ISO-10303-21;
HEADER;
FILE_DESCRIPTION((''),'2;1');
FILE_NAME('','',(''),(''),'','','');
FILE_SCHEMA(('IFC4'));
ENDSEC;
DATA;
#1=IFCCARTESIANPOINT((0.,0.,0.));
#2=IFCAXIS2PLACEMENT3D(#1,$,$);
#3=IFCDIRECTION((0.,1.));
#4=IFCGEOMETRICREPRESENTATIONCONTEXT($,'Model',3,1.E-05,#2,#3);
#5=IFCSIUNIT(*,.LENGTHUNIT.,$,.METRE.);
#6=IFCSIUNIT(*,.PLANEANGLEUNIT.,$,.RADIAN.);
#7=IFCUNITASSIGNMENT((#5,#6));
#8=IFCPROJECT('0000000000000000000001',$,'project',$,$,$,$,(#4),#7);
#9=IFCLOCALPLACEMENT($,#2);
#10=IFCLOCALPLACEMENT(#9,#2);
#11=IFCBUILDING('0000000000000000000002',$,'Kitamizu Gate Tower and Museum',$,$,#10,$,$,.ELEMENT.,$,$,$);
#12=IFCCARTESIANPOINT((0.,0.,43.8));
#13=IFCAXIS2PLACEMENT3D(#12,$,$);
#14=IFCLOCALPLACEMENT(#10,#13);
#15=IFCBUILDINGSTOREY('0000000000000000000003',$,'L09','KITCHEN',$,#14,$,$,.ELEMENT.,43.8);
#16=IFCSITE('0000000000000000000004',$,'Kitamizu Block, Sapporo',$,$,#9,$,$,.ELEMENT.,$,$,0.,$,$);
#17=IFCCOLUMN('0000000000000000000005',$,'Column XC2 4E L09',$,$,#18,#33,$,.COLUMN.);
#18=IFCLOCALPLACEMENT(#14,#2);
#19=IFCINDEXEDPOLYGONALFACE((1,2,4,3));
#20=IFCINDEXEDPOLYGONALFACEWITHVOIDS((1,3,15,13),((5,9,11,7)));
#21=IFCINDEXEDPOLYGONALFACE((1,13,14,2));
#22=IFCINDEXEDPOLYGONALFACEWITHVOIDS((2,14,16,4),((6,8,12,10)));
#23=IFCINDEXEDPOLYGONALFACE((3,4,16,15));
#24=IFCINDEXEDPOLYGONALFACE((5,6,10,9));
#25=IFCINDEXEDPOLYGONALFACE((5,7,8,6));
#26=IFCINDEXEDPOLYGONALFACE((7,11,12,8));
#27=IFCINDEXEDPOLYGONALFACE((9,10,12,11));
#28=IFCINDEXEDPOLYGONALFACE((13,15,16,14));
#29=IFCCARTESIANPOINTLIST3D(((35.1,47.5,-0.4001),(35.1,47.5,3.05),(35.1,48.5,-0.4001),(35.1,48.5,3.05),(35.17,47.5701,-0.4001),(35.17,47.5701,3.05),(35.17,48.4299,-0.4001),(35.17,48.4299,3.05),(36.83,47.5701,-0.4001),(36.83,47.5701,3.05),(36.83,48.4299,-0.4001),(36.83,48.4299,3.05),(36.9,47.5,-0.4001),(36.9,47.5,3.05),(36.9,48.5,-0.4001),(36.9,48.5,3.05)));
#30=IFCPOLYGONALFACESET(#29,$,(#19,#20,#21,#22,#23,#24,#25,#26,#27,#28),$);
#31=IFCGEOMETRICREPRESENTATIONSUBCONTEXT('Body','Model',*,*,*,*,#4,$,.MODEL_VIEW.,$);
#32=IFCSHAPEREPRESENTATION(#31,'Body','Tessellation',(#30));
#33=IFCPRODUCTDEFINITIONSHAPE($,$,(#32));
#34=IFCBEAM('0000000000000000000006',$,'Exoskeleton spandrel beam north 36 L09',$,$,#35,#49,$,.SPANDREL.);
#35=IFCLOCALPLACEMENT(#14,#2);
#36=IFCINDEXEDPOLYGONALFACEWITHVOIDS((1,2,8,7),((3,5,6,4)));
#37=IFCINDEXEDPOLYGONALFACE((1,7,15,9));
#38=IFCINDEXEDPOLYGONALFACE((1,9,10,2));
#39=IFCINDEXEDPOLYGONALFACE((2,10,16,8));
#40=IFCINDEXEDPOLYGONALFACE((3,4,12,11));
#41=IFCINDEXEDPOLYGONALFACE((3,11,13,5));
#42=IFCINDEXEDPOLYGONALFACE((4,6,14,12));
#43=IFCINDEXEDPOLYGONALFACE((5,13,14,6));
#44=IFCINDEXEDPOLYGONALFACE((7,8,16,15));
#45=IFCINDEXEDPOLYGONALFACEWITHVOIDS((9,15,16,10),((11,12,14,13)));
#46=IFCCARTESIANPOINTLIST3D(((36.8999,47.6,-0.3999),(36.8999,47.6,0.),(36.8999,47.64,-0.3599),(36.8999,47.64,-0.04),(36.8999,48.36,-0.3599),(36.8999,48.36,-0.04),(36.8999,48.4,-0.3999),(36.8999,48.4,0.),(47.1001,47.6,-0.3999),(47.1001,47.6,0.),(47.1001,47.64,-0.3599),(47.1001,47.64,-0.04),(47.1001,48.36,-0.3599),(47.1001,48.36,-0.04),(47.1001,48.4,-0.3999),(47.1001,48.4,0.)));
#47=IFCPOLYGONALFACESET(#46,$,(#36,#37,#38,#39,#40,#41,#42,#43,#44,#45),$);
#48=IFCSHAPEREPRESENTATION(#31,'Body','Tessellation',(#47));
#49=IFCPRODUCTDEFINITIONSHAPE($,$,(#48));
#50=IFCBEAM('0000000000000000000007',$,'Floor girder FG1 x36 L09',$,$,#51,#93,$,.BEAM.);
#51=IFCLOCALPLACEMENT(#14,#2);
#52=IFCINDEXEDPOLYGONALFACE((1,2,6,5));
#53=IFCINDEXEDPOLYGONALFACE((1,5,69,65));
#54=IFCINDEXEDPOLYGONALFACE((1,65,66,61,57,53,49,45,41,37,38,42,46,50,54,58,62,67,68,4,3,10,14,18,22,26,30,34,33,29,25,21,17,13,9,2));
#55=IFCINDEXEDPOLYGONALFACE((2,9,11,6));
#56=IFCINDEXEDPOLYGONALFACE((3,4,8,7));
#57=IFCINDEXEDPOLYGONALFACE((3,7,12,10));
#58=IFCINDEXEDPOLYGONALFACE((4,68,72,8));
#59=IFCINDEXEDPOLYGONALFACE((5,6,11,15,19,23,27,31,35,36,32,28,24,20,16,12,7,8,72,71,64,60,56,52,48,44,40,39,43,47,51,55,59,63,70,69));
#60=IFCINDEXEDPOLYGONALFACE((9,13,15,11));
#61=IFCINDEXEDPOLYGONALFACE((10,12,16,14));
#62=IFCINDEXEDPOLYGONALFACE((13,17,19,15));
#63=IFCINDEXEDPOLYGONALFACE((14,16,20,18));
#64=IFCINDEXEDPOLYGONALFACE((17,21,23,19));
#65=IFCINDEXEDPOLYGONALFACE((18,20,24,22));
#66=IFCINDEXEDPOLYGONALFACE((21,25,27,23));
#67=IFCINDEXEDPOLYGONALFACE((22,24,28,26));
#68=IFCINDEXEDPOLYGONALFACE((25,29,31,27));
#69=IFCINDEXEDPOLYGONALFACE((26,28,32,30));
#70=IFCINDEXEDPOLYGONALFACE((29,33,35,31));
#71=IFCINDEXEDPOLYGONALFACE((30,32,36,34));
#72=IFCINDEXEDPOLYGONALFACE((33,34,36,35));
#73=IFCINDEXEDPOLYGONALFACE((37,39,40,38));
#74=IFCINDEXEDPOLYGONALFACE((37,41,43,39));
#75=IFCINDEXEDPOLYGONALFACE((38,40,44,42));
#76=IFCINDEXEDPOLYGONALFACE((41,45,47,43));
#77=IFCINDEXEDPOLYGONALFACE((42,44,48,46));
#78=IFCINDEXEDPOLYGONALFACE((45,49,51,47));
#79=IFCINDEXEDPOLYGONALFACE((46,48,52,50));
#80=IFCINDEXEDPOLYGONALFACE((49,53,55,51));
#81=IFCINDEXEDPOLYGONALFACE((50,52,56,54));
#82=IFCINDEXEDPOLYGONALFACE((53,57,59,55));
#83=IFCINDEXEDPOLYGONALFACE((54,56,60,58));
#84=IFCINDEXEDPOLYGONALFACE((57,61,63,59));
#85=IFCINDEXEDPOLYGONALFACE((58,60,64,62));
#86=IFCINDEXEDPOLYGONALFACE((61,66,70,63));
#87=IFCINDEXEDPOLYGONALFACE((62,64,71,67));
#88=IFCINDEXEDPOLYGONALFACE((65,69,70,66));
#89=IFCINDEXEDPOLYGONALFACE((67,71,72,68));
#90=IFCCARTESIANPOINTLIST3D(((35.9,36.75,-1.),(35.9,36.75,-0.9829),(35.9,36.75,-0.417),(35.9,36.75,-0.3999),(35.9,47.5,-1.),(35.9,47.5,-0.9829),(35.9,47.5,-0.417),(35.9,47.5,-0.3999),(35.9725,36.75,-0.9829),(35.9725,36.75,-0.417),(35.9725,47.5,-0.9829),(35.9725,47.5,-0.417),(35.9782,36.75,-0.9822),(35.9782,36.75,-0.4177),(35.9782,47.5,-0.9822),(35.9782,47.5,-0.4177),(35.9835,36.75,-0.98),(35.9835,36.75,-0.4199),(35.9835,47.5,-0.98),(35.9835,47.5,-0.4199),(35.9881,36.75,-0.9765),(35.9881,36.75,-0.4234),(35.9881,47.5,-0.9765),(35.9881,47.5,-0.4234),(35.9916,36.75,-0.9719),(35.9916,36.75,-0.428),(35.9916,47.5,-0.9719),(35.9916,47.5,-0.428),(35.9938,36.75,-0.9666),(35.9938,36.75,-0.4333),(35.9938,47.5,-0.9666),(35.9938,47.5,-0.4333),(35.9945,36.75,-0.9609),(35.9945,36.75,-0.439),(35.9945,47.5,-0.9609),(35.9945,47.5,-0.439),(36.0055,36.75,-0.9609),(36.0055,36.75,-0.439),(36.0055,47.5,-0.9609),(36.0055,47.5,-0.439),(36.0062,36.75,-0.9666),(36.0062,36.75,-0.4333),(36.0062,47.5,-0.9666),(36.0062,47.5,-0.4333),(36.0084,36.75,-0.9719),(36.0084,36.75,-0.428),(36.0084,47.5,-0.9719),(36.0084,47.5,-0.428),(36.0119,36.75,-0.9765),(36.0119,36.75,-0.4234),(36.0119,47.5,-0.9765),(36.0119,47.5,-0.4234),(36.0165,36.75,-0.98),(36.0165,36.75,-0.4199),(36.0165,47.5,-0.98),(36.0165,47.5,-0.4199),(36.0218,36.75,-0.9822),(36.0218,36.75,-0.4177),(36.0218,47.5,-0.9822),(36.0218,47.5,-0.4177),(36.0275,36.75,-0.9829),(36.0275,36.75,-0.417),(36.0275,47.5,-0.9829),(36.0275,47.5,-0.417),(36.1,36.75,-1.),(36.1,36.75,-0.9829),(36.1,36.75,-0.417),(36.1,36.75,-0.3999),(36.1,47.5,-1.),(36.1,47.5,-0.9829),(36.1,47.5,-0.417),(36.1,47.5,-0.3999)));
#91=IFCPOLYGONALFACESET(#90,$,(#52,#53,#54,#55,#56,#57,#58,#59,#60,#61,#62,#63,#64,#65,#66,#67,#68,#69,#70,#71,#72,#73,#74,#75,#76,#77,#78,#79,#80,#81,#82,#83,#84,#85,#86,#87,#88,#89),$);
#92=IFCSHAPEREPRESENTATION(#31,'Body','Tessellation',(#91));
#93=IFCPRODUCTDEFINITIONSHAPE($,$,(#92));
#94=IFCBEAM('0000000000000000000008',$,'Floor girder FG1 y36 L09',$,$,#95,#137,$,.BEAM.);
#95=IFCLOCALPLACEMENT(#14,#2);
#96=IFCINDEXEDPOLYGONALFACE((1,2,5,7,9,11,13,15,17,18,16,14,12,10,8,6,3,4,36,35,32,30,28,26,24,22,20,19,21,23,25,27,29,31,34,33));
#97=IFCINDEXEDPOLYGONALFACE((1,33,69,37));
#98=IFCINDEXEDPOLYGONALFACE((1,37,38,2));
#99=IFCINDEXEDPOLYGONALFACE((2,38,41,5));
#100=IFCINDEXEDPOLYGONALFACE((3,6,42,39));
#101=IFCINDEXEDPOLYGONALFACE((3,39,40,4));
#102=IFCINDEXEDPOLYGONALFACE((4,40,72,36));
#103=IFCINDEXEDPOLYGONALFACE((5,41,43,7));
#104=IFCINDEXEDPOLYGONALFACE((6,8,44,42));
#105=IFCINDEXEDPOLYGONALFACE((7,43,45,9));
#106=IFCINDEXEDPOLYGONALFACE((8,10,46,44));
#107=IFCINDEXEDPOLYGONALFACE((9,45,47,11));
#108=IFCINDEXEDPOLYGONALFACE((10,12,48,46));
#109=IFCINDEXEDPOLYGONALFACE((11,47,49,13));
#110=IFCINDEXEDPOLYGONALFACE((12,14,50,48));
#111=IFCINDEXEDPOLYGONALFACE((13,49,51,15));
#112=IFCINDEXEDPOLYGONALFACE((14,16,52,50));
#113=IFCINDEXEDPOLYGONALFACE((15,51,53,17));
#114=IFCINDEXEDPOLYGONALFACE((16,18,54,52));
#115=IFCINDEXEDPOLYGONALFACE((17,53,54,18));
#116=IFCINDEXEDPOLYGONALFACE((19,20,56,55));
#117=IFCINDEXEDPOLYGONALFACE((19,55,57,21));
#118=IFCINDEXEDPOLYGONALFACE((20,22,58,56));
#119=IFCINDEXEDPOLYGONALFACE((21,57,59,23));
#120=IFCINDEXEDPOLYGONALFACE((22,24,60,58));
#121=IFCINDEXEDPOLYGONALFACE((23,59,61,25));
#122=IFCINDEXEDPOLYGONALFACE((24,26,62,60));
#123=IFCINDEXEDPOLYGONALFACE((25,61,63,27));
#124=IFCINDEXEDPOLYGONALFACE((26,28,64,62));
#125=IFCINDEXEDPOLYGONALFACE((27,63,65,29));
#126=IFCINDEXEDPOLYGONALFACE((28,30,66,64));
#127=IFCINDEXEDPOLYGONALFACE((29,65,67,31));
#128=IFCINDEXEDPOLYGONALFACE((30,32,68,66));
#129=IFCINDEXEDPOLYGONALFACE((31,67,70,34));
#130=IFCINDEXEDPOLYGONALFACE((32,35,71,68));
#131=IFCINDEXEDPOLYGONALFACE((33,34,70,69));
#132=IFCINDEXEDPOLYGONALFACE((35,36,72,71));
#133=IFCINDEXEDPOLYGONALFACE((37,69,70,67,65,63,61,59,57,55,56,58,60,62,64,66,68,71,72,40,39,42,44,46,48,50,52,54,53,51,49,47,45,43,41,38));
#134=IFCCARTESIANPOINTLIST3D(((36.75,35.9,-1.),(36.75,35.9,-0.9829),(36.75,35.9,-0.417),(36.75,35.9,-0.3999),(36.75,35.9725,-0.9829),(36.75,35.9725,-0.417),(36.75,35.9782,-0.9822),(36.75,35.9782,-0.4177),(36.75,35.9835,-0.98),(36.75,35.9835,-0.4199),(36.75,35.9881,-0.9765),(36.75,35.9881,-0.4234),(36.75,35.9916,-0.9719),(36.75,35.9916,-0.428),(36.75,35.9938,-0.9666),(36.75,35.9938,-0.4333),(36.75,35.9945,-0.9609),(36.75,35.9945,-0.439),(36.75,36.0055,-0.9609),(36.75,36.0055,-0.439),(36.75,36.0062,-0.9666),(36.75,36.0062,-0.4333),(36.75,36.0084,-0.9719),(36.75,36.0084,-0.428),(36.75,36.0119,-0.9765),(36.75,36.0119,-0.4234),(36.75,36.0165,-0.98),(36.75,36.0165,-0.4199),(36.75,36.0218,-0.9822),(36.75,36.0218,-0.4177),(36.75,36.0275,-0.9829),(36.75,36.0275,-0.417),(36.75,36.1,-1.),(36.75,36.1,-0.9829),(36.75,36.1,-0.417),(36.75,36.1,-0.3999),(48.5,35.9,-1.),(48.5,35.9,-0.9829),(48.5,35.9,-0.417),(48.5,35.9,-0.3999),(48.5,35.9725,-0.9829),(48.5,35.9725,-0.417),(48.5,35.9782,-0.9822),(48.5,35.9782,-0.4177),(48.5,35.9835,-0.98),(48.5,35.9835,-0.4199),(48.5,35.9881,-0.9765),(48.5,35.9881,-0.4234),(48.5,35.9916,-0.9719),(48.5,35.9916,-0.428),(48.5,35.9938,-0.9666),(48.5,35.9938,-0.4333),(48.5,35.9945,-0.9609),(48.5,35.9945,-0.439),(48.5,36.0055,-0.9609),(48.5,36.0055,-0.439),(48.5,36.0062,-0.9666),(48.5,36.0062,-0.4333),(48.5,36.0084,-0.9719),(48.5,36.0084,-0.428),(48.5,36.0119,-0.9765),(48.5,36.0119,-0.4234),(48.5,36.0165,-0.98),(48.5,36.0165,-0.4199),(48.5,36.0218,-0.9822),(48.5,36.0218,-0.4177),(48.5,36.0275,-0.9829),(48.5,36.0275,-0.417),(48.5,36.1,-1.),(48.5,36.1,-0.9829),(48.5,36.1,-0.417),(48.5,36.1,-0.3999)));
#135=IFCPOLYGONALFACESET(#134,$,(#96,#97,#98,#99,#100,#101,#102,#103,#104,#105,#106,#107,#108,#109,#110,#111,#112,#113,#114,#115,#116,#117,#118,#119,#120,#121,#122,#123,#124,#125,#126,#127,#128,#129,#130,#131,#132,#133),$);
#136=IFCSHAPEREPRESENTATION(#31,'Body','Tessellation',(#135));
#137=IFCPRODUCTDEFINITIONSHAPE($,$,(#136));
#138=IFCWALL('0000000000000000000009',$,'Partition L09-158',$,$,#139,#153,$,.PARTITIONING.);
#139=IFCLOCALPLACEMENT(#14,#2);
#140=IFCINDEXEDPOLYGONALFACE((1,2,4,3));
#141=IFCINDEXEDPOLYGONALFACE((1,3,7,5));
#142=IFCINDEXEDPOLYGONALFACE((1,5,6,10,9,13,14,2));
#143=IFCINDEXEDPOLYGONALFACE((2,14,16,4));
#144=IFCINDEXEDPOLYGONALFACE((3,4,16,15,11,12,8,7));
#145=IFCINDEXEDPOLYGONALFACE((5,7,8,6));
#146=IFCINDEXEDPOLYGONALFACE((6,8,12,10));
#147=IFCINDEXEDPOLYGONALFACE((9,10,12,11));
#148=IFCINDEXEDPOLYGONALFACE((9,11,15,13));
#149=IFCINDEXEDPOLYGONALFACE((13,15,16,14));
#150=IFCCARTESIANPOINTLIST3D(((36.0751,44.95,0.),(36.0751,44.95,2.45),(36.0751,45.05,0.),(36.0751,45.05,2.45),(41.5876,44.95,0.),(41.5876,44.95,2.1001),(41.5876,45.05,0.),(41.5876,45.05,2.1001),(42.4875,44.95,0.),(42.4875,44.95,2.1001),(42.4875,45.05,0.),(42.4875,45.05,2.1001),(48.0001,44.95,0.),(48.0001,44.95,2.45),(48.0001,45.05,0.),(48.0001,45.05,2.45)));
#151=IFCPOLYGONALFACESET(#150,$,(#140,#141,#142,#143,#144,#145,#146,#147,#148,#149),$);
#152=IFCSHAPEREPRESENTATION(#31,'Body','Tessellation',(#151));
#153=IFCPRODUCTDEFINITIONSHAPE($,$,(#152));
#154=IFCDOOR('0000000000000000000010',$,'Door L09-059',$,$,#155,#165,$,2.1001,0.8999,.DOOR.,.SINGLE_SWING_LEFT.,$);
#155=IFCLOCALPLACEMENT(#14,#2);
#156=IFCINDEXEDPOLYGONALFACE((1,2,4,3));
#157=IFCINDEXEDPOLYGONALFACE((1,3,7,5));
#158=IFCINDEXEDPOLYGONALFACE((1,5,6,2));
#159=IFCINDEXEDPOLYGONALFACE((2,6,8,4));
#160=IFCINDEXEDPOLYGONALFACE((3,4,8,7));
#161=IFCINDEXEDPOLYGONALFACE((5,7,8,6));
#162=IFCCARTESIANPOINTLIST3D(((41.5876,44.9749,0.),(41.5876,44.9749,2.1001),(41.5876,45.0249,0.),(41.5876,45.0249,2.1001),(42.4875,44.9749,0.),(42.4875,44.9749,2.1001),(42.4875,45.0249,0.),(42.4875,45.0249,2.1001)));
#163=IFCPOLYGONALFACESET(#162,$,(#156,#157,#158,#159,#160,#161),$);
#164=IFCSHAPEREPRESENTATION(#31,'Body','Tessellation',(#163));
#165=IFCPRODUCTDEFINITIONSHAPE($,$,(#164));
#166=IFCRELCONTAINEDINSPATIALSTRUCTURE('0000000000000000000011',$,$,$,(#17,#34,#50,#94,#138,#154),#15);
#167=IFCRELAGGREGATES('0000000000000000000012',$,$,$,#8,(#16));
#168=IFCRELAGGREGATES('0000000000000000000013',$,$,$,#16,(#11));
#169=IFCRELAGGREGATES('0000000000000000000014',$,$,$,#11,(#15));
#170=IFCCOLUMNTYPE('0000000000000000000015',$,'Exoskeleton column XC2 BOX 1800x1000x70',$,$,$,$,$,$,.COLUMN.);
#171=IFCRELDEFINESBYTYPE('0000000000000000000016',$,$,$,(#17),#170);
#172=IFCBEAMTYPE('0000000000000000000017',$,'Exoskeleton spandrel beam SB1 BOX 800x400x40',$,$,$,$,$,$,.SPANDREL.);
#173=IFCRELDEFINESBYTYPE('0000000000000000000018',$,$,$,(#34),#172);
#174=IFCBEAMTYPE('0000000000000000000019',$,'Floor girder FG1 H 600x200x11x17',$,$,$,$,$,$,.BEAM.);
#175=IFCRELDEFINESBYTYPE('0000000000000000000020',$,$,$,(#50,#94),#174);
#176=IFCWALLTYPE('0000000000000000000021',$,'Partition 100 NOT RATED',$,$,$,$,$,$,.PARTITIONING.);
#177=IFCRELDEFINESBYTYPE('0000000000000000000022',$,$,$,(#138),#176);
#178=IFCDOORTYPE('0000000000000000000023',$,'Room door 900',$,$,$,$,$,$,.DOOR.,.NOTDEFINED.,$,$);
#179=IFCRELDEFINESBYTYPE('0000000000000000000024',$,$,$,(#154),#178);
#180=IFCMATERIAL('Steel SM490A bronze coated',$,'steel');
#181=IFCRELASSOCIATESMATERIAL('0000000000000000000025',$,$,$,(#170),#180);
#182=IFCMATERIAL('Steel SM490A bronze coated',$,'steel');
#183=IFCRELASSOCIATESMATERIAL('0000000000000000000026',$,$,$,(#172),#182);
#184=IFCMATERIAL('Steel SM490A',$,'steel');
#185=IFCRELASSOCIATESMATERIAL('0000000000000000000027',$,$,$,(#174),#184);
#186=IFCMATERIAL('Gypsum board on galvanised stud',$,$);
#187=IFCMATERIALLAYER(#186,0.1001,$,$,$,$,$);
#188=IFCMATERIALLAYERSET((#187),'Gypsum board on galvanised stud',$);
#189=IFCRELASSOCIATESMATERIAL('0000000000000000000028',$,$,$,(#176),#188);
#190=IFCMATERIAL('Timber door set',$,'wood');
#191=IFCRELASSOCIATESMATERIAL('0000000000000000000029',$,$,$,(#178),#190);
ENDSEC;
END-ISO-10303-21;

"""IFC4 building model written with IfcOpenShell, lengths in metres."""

from ifc_helpers import new_model, si_unit, direction, frame, frame_2d, origin, origin_2d, place, context, subcontext, project, spatial, rectangle, hollow_rectangle, i_section, extrude, material, layer, layer_set, material_profile, profile_set, type_object, element, fill, save


model = new_model("IFC4")

# Units and contexts
model_context = context("Model", 3, precision=1e-05, world=origin(), true_north=direction((0.0, 1.0)))
body_context = subcontext(model_context, "Body", "Model", "MODEL_VIEW")
ifc_project = project(units=[si_unit("LENGTHUNIT", "METRE"), si_unit("PLANEANGLEUNIT", "RADIAN")], contexts=[model_context])

# Site, building, storey
site_placement = place(None, origin())
site = spatial("IfcSite", under=ifc_project, at=site_placement, Name="Kitamizu Block, Sapporo", CompositionType="ELEMENT", RefElevation=0.0)
building_placement = place(site_placement, origin())
building = spatial("IfcBuilding", under=site, at=building_placement, Name="Kitamizu Gate Tower and Museum", CompositionType="ELEMENT")
storey_placement = place(building_placement, frame((0.0, 0.0, 43.8)))
storey = spatial("IfcBuildingStorey", under=building, at=storey_placement, Name="L09", Description="KITCHEN", CompositionType="ELEMENT", Elevation=43.8)

# Column
ifc_material_1 = material(Name="Steel SM490A bronze coated", Category="steel")
ifc_material_profile_1 = material_profile(ifc_material_1, hollow_rectangle(XDim=1.8, YDim=1.0, WallThickness=0.0701, at=origin_2d()), Name="BOX 1800x1000x70")
ifc_profile_set_1 = profile_set([ifc_material_profile_1], Name="Steel SM490A bronze coated")
column_type = type_object("IfcColumnType", Name="Exoskeleton column XC2 BOX 1800x1000x70", PredefinedType="COLUMN", material=ifc_profile_set_1)
column_placement = place(storey_placement, frame((36.0, 48.0, -0.4001), z_axis=(0.0, 0.0, 1.0), x_axis=(1.0, 0.0, 0.0)))
element("IfcColumn", 1, at=column_placement, inside=storey, type_object=column_type, Name="Column XC2 4E L09", PredefinedType="COLUMN", context=body_context, shape_type="SweptSolid", body=[
    extrude(hollow_rectangle(XDim=1.8, YDim=1.0, WallThickness=0.0701, at=origin_2d()), origin(), (0.0, 0.0, 1.0), 3.4502),
])

# Beams
ifc_material_2 = material(Name="Steel SM490A bronze coated", Category="steel")
ifc_material_profile_2 = material_profile(ifc_material_2, hollow_rectangle(XDim=0.8, YDim=0.3999, WallThickness=0.04, at=origin_2d()), Name="BOX 800x400x40")
ifc_profile_set_2 = profile_set([ifc_material_profile_2], Name="Steel SM490A bronze coated")
beam_type_1 = type_object("IfcBeamType", Name="Exoskeleton spandrel beam SB1 BOX 800x400x40", PredefinedType="SPANDREL", material=ifc_profile_set_2)
beam_1_placement = place(storey_placement, frame((36.8999, 48.0, -0.2), z_axis=(1.0, 0.0, 0.0), x_axis=(0.0, 1.0, 0.0)))
element("IfcBeam", 2, at=beam_1_placement, inside=storey, type_object=beam_type_1, Name="Exoskeleton spandrel beam north 36 L09", PredefinedType="SPANDREL", context=body_context, shape_type="SweptSolid", body=[
    extrude(hollow_rectangle(XDim=0.8, YDim=0.3999, WallThickness=0.04, at=origin_2d()), origin(), (0.0, 0.0, 1.0), 10.2002),
])
ifc_material_3 = material(Name="Steel SM490A", Category="steel")
ifc_material_profile_3 = material_profile(ifc_material_3, i_section(OverallWidth=0.2, OverallDepth=0.6001, WebThickness=0.011, FlangeThickness=0.0171, FilletRadius=0.022, at=origin_2d()), Name="H-600x200x11x17")
ifc_profile_set_3 = profile_set([ifc_material_profile_3], Name="Steel SM490A")
beam_type_2 = type_object("IfcBeamType", Name="Floor girder FG1 H 600x200x11x17", PredefinedType="BEAM", material=ifc_profile_set_3)
beam_2_placement = place(storey_placement, frame((36.0, 36.75, -0.7), z_axis=(0.0, 1.0, 0.0), x_axis=(-1.0, 0.0, 0.0)))
element("IfcBeam", 3, at=beam_2_placement, inside=storey, type_object=beam_type_2, Name="Floor girder FG1 x36 L09", PredefinedType="BEAM", context=body_context, shape_type="SweptSolid", body=[
    extrude(i_section(OverallWidth=0.2, OverallDepth=0.6001, WebThickness=0.011, FlangeThickness=0.0171, FilletRadius=0.022, at=origin_2d()), origin(), (0.0, 0.0, 1.0), 10.75),
])
beam_3_placement = place(storey_placement, frame((36.75, 36.0, -0.7), z_axis=(1.0, 0.0, 0.0), x_axis=(0.0, 1.0, 0.0)))
element("IfcBeam", 4, at=beam_3_placement, inside=storey, type_object=beam_type_2, Name="Floor girder FG1 y36 L09", PredefinedType="BEAM", context=body_context, shape_type="SweptSolid", body=[
    extrude(i_section(OverallWidth=0.2, OverallDepth=0.6001, WebThickness=0.011, FlangeThickness=0.0171, FilletRadius=0.022, at=origin_2d()), origin(), (0.0, 0.0, 1.0), 11.75),
])

# Wall, opening, door
ifc_material_4 = material(Name="Gypsum board on galvanised stud")
ifc_layer_1 = layer(ifc_material_4, 0.1001)
ifc_layer_set_1 = layer_set([ifc_layer_1], Name="Gypsum board on galvanised stud")
wall_type_1 = type_object("IfcWallType", Name="Partition 100 NOT RATED", PredefinedType="PARTITIONING", material=ifc_layer_set_1)
wall_1_placement = place(storey_placement, frame((48.0, 45.0, 0.0), z_axis=(0.0, 0.0, 1.0), x_axis=(-1.0, 0.0, 0.0)))
wall_1 = element("IfcWall", 5, at=wall_1_placement, inside=storey, type_object=wall_type_1, Name="Partition L09-158", PredefinedType="PARTITIONING", context=body_context, shape_type="SweptSolid", body=[
    extrude(rectangle(XDim=11.925, YDim=0.1001, at=frame_2d((5.9624, 0.0))), origin(), (0.0, 0.0, 1.0), 2.45),
])
opening_1_placement = place(wall_1_placement, frame((5.5125, 0.0, 0.0)))
opening_1 = element("IfcOpeningElement", 6, at=opening_1_placement, cuts=wall_1, PredefinedType="OPENING", context=body_context, shape_type="SweptSolid", body=[
    extrude(rectangle(XDim=0.8999, YDim=2.1001, at=frame_2d((0.45, 1.05))), frame((0.0, 0.0601, 0.0), z_axis=(0.0, -1.0, 0.0), x_axis=(1.0, 0.0, 0.0)), (0.0, 0.0, 1.0), 0.1201),
])
ifc_material_5 = material(Name="Timber door set", Category="wood")
door_type_1 = type_object("IfcDoorType", Name="Room door 900", OperationType="NOTDEFINED", PredefinedType="DOOR", material=ifc_material_5)
door_1_placement = place(opening_1_placement, frame((0.8999, 0.0, 0.0), x_axis=(-1.0, 0.0, 0.0)))
door_1 = element("IfcDoor", 7, at=door_1_placement, inside=storey, type_object=door_type_1, Name="Door L09-059", OperationType="SINGLE_SWING_LEFT", OverallHeight=2.1001, OverallWidth=0.8999, PredefinedType="DOOR", context=body_context, shape_type="SweptSolid", body=[
    extrude(rectangle(XDim=0.8999, YDim=2.1001, at=frame_2d((0.45, 1.05))), frame((0.0, 0.0249, 0.0), z_axis=(0.0, -1.0, 0.0), x_axis=(1.0, 0.0, 0.0)), (0.0, 0.0, 1.0), 0.05),
])
fill(opening_1, door_1)

save(model, "model.ifc")
